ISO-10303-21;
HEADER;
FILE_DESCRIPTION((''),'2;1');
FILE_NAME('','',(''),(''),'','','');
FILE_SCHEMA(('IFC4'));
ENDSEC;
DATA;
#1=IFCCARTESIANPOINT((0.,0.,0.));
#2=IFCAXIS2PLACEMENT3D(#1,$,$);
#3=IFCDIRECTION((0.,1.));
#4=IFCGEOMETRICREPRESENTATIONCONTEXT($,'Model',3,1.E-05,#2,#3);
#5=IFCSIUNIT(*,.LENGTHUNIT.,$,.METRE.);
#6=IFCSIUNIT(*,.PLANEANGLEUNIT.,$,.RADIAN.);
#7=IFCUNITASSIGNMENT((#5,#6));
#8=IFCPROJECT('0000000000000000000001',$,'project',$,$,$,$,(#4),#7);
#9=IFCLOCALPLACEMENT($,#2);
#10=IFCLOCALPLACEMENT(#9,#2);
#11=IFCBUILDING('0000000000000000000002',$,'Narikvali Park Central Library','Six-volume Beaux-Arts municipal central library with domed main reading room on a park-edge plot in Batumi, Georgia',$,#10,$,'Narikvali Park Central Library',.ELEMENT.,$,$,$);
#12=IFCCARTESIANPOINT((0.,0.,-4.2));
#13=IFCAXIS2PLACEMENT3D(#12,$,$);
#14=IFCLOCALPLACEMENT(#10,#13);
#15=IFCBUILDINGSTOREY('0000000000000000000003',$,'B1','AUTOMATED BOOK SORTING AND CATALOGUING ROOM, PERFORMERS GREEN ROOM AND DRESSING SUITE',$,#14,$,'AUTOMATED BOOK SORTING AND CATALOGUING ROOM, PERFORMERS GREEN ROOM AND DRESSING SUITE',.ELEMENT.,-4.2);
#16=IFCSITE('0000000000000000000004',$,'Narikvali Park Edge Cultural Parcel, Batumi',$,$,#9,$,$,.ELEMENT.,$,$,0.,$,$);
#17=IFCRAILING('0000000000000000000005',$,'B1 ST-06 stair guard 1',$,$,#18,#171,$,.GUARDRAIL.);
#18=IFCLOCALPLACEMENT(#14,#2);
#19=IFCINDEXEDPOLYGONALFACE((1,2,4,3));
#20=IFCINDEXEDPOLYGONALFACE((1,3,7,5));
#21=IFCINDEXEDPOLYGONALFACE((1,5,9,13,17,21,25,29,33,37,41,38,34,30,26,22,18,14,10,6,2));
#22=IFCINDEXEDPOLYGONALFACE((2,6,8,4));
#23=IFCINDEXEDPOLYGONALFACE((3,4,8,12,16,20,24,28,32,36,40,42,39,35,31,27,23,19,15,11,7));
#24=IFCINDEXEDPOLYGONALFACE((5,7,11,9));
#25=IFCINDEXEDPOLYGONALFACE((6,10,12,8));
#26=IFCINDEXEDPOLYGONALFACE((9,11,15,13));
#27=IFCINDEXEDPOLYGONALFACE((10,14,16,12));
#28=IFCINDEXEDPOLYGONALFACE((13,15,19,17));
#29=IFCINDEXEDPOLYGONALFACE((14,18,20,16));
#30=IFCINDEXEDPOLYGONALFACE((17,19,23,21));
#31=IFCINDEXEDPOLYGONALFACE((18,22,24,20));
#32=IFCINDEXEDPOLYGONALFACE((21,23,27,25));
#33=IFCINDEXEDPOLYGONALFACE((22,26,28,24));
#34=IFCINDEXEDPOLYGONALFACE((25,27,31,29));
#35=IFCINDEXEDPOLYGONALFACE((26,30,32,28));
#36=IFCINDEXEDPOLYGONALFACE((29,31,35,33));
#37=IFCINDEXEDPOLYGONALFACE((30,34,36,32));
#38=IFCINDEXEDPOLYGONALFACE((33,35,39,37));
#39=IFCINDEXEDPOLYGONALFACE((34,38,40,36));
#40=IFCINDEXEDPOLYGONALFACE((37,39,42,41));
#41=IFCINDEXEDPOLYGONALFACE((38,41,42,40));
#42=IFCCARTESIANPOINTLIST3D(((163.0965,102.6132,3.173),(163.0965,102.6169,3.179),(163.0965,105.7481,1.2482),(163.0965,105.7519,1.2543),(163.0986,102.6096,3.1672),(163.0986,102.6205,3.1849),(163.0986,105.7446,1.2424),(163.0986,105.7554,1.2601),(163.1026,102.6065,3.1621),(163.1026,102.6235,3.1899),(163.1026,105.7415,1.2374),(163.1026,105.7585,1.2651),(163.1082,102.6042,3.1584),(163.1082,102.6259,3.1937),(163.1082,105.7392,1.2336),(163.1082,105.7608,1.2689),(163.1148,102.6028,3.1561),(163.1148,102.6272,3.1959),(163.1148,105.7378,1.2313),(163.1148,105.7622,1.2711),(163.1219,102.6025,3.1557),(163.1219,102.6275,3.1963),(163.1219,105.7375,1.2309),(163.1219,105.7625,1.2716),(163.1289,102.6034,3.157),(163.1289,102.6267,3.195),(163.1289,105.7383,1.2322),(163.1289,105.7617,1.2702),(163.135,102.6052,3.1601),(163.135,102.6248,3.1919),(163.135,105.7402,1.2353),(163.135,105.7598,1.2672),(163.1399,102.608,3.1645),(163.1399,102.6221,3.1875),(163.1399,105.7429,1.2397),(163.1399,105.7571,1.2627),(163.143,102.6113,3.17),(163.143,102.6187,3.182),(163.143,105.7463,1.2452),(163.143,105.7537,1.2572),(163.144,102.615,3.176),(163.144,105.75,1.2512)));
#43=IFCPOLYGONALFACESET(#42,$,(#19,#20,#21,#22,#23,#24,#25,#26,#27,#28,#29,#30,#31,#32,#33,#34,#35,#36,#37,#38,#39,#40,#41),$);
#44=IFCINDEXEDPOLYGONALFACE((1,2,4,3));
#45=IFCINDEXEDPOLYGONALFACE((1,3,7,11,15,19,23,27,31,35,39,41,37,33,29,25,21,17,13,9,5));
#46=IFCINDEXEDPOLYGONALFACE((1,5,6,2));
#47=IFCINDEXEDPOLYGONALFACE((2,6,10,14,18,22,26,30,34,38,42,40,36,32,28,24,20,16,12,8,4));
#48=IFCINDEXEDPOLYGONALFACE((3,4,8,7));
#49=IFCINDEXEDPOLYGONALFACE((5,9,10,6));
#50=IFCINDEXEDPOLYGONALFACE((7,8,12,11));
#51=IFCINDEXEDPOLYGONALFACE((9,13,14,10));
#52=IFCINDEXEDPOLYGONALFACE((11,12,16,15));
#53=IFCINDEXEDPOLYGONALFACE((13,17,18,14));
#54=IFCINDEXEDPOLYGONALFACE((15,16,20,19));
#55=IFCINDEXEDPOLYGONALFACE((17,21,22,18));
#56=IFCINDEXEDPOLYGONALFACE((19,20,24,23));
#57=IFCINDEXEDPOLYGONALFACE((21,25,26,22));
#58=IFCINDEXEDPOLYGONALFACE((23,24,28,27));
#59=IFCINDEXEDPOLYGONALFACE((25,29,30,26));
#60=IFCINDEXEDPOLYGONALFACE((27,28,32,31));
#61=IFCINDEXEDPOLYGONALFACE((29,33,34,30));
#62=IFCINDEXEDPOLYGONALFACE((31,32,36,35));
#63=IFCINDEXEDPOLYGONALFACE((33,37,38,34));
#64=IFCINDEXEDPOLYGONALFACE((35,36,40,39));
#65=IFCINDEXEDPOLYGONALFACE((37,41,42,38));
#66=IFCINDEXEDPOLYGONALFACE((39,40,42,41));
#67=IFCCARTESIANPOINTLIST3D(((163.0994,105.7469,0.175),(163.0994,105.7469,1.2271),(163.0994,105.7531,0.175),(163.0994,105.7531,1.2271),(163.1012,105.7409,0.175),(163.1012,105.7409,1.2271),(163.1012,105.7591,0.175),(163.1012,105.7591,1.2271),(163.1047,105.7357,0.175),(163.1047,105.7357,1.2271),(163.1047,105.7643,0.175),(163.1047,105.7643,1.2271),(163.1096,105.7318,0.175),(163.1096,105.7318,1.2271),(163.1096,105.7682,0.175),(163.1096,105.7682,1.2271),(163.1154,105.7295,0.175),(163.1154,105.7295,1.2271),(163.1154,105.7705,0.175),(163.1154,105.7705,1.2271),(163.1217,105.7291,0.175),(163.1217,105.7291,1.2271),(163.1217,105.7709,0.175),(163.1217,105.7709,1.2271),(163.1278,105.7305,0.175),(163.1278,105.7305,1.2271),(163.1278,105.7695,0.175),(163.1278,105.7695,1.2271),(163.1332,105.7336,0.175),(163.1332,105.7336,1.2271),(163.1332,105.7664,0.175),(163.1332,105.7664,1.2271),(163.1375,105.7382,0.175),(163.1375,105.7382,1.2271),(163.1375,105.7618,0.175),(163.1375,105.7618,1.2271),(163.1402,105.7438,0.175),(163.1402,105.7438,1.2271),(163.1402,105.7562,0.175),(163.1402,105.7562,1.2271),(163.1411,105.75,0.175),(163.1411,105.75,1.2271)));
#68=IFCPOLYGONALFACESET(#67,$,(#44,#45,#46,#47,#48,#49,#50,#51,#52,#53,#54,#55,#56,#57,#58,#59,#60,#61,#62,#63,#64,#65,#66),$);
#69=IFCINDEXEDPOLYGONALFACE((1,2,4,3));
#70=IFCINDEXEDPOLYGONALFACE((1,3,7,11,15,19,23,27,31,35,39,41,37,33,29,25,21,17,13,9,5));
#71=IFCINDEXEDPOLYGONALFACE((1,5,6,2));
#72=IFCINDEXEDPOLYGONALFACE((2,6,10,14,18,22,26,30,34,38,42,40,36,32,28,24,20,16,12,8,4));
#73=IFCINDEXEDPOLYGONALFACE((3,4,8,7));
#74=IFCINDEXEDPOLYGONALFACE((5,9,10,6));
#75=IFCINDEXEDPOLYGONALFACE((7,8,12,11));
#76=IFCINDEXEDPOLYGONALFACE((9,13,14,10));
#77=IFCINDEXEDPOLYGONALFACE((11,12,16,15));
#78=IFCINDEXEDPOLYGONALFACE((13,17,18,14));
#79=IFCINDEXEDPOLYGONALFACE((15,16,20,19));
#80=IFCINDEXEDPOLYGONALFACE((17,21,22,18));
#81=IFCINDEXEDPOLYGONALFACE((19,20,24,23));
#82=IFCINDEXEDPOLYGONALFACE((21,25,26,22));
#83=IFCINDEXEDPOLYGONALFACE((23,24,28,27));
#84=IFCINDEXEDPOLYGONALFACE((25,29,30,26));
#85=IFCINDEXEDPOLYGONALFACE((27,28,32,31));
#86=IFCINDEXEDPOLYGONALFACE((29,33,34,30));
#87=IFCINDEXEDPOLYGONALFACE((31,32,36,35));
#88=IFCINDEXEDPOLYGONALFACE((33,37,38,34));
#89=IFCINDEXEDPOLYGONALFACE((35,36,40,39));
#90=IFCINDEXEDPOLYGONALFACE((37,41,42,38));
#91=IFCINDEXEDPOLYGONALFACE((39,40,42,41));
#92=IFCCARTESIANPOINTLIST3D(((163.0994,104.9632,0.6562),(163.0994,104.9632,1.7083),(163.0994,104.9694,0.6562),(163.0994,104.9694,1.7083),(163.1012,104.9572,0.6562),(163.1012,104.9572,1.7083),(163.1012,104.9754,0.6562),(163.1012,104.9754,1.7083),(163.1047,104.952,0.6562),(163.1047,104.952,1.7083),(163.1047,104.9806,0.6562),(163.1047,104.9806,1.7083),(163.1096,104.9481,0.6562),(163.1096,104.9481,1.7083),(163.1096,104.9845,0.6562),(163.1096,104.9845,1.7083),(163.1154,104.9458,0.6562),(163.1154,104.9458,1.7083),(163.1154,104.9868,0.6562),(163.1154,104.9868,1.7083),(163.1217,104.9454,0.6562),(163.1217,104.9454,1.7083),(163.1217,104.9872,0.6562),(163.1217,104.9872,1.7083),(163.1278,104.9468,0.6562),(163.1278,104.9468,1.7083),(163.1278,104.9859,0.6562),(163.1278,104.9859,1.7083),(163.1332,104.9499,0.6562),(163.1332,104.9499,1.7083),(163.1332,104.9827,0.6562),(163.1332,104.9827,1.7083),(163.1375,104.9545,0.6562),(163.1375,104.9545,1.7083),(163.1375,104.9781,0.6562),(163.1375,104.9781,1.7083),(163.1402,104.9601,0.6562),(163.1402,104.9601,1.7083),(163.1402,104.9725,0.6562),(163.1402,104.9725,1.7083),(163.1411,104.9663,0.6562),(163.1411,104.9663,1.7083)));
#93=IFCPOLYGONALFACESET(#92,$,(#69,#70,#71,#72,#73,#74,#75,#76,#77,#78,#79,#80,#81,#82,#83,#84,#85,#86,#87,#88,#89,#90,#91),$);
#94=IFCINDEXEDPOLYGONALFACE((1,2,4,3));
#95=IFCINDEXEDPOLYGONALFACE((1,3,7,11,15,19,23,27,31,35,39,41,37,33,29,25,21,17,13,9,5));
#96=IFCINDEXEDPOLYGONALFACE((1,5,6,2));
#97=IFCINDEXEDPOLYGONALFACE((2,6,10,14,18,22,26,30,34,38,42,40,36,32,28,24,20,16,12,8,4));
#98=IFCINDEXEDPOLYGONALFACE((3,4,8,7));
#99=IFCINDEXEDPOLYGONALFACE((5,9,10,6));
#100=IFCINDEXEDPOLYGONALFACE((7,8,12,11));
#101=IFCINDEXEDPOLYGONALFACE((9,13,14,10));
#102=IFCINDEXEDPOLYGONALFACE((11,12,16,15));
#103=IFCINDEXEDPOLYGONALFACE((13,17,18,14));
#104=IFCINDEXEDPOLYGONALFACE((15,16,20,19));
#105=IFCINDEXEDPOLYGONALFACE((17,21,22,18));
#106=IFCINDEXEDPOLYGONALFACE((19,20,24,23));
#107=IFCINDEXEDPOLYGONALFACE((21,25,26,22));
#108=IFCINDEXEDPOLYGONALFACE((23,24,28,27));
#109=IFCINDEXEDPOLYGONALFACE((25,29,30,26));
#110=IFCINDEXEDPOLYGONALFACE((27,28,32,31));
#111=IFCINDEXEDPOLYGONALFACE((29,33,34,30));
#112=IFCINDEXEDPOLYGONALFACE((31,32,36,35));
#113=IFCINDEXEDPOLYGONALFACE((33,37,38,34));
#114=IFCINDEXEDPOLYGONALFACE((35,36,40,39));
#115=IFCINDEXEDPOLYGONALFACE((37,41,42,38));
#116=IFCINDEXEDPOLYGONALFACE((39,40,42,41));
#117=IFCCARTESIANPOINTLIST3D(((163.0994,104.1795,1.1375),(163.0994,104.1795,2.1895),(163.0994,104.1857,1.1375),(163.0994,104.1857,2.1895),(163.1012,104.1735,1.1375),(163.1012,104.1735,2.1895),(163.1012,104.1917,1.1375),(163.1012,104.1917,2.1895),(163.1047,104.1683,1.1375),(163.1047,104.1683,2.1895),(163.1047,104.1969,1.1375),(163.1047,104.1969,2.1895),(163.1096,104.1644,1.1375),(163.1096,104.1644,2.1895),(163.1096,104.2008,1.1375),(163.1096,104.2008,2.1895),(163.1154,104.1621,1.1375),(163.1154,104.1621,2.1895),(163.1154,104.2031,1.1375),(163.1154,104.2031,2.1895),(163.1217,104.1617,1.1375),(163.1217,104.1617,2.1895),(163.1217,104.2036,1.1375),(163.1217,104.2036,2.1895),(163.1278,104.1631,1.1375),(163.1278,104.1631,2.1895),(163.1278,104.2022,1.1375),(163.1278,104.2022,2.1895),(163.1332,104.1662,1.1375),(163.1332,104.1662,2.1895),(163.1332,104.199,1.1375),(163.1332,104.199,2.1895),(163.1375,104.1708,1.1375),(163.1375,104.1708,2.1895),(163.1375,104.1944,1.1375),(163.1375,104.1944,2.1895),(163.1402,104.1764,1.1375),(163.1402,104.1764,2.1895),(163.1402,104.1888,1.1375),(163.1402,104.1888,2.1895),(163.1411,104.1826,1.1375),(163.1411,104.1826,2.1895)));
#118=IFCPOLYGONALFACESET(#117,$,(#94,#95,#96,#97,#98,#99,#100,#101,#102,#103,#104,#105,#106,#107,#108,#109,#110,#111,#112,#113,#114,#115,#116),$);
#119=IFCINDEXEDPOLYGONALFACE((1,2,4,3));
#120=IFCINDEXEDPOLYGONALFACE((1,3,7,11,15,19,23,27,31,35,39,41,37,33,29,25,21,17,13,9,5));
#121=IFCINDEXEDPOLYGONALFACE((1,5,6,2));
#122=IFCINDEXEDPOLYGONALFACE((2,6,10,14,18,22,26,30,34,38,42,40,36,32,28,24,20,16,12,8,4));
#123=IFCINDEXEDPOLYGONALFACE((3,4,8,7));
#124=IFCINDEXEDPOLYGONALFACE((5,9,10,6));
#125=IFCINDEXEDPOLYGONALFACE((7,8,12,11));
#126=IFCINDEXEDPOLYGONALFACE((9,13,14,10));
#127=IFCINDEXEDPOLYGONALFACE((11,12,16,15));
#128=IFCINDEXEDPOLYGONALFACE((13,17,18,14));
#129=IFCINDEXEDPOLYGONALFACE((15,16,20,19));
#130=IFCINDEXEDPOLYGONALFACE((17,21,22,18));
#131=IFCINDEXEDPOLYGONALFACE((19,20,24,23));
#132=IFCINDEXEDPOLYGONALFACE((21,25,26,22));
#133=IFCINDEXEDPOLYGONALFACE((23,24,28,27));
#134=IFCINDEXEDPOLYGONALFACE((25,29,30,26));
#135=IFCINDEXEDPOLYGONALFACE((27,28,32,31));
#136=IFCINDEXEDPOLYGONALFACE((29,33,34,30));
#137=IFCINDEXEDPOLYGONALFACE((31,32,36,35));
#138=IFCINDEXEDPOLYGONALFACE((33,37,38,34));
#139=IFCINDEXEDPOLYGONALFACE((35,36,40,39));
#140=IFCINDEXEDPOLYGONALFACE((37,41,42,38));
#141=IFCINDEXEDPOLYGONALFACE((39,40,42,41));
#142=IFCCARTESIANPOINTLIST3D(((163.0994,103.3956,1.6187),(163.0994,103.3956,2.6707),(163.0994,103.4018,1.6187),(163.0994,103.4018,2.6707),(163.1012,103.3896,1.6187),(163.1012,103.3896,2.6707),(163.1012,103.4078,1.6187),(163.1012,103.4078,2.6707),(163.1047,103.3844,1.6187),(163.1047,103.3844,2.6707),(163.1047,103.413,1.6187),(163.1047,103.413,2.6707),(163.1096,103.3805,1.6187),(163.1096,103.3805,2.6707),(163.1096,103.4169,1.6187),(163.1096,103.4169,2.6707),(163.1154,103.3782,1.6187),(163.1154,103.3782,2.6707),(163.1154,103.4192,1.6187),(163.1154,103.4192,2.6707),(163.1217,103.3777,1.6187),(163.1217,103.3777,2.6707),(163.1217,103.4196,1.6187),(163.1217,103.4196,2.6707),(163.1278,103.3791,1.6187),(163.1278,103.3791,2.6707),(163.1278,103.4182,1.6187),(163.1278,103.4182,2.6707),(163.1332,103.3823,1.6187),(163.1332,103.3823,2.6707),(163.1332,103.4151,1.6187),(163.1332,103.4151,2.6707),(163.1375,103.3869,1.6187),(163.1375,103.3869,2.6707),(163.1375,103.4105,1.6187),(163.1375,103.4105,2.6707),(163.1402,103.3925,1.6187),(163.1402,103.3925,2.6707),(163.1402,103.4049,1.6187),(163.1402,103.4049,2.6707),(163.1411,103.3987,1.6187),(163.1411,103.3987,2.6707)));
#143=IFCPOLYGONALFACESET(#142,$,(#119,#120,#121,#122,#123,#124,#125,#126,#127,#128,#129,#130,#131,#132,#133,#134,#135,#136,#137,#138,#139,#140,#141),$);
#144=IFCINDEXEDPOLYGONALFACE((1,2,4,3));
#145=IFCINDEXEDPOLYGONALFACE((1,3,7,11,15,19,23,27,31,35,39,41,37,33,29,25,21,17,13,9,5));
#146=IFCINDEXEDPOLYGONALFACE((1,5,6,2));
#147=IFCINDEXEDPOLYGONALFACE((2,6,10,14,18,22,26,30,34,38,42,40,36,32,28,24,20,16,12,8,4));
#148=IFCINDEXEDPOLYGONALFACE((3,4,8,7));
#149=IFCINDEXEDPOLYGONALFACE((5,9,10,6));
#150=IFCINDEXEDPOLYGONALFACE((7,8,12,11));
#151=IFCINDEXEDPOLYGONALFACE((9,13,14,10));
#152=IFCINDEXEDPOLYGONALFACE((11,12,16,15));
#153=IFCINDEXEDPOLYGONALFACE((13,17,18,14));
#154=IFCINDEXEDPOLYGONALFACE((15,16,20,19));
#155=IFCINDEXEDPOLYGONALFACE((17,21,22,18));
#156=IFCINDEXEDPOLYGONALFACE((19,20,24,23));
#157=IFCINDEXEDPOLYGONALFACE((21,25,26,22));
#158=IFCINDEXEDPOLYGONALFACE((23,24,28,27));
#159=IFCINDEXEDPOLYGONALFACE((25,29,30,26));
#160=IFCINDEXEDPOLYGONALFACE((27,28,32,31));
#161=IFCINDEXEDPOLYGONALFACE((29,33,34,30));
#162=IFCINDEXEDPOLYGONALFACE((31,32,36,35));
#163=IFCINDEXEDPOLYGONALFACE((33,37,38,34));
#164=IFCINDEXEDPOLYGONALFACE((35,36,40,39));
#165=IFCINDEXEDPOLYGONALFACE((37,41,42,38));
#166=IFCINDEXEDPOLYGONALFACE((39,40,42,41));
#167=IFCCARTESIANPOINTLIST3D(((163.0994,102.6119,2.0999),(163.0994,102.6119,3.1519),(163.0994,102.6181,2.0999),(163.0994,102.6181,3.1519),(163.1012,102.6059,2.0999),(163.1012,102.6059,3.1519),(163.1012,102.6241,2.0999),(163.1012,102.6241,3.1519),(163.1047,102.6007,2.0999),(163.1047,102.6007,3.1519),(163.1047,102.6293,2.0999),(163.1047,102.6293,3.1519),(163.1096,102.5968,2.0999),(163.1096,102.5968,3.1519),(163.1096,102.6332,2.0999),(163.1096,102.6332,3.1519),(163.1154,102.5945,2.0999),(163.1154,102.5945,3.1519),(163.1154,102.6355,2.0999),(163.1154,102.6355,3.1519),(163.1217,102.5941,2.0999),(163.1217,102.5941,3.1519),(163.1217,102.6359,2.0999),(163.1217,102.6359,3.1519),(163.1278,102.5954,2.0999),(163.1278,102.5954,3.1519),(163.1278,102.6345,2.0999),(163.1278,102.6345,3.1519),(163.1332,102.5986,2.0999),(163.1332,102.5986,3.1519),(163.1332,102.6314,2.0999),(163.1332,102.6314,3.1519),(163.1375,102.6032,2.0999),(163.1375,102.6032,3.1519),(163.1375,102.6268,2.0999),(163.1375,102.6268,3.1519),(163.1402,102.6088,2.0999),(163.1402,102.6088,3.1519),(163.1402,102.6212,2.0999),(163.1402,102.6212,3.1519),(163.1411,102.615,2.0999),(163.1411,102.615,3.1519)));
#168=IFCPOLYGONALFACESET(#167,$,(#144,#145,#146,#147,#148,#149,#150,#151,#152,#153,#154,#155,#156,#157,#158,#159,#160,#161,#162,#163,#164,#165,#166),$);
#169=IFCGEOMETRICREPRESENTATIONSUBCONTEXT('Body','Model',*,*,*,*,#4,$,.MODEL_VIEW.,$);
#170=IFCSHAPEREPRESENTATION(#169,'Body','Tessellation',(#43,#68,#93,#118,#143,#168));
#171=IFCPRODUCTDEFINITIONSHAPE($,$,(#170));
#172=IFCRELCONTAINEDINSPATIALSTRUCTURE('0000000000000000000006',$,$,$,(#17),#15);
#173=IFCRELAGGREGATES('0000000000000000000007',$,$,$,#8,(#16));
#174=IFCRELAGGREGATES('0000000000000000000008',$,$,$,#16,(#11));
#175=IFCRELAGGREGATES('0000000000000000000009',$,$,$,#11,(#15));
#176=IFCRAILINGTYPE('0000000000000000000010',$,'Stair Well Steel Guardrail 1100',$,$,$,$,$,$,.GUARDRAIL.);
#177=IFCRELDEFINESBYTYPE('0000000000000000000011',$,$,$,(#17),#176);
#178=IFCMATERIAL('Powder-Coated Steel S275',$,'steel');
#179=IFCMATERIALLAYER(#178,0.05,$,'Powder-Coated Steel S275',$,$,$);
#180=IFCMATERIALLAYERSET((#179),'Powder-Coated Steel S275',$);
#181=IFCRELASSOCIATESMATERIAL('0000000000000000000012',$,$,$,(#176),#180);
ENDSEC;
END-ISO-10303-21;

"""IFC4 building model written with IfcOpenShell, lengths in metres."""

from ifc_helpers import new_model, si_unit, direction, frame, origin, origin_2d, place, context, subcontext, project, spatial, circle, extrude, material, layer, layer_set, type_object, element, save


model = new_model("IFC4")

# Units and contexts
model_context = context("Model", 3, precision=1e-05, world=origin(), true_north=direction((0.0, 1.0)))
body_context = subcontext(model_context, "Body", "Model", "MODEL_VIEW")
ifc_project = project(units=[si_unit("LENGTHUNIT", "METRE"), si_unit("PLANEANGLEUNIT", "RADIAN")], contexts=[model_context])

# Site, building, storey
site_placement = place(None, origin())
site = spatial("IfcSite", under=ifc_project, at=site_placement, Name="Narikvali Park Edge Cultural Parcel, Batumi", CompositionType="ELEMENT", RefElevation=0.0)
building_placement = place(site_placement, origin())
building = spatial("IfcBuilding", under=site, at=building_placement, Name="Narikvali Park Central Library", Description="Six-volume Beaux-Arts municipal central library with domed main reading room on a park-edge plot in Batumi, Georgia", LongName="Narikvali Park Central Library", CompositionType="ELEMENT")
storey_placement = place(building_placement, frame((0.0, 0.0, -4.2)))
storey = spatial("IfcBuildingStorey", under=building, at=storey_placement, Name="B1", Description="AUTOMATED BOOK SORTING AND CATALOGUING ROOM, PERFORMERS GREEN ROOM AND DRESSING SUITE", LongName="AUTOMATED BOOK SORTING AND CATALOGUING ROOM, PERFORMERS GREEN ROOM AND DRESSING SUITE", CompositionType="ELEMENT", Elevation=-4.2)

# Railing
ifc_material_1 = material(Name="Powder-Coated Steel S275", Category="steel")
ifc_layer_1 = layer(ifc_material_1, 0.05, Name="Powder-Coated Steel S275")
ifc_layer_set_1 = layer_set([ifc_layer_1], Name="Powder-Coated Steel S275")
railing_type_1 = type_object("IfcRailingType", Name="Stair Well Steel Guardrail 1100", PredefinedType="GUARDRAIL", material=ifc_layer_set_1)
railing_1_placement = place(storey_placement, frame((163.1201, 105.75, 0.175)))
element("IfcRailing", 1, at=railing_1_placement, inside=storey, type_object=railing_type_1, Name="B1 ST-06 stair guard 1", PredefinedType="GUARDRAIL", context=body_context, shape_type="SweptSolid", body=[
    extrude(circle(Radius=0.0239, at=origin_2d()), frame((0.0, 0.0, 1.0762), z_axis=(0.0, -0.852196, 0.523223), x_axis=(1.0, 0.0, 0.0)), (0.0, 0.0, 1.0), 3.6787),
    extrude(circle(Radius=0.021, at=origin_2d()), origin(), (0.0, 0.0, 1.0), 1.052),
    extrude(circle(Radius=0.021, at=origin_2d()), frame((0.0, -0.7837, 0.4812)), (0.0, 0.0, 1.0), 1.052),
    extrude(circle(Radius=0.021, at=origin_2d()), frame((0.0, -1.5674, 0.9624)), (0.0, 0.0, 1.0), 1.052),
    extrude(circle(Radius=0.021, at=origin_2d()), frame((0.0, -2.3513, 1.4436)), (0.0, 0.0, 1.0), 1.052),
    extrude(circle(Radius=0.021, at=origin_2d()), frame((0.0, -3.135, 1.9248)), (0.0, 0.0, 1.0), 1.052),
])

save(model, "model.ifc")
